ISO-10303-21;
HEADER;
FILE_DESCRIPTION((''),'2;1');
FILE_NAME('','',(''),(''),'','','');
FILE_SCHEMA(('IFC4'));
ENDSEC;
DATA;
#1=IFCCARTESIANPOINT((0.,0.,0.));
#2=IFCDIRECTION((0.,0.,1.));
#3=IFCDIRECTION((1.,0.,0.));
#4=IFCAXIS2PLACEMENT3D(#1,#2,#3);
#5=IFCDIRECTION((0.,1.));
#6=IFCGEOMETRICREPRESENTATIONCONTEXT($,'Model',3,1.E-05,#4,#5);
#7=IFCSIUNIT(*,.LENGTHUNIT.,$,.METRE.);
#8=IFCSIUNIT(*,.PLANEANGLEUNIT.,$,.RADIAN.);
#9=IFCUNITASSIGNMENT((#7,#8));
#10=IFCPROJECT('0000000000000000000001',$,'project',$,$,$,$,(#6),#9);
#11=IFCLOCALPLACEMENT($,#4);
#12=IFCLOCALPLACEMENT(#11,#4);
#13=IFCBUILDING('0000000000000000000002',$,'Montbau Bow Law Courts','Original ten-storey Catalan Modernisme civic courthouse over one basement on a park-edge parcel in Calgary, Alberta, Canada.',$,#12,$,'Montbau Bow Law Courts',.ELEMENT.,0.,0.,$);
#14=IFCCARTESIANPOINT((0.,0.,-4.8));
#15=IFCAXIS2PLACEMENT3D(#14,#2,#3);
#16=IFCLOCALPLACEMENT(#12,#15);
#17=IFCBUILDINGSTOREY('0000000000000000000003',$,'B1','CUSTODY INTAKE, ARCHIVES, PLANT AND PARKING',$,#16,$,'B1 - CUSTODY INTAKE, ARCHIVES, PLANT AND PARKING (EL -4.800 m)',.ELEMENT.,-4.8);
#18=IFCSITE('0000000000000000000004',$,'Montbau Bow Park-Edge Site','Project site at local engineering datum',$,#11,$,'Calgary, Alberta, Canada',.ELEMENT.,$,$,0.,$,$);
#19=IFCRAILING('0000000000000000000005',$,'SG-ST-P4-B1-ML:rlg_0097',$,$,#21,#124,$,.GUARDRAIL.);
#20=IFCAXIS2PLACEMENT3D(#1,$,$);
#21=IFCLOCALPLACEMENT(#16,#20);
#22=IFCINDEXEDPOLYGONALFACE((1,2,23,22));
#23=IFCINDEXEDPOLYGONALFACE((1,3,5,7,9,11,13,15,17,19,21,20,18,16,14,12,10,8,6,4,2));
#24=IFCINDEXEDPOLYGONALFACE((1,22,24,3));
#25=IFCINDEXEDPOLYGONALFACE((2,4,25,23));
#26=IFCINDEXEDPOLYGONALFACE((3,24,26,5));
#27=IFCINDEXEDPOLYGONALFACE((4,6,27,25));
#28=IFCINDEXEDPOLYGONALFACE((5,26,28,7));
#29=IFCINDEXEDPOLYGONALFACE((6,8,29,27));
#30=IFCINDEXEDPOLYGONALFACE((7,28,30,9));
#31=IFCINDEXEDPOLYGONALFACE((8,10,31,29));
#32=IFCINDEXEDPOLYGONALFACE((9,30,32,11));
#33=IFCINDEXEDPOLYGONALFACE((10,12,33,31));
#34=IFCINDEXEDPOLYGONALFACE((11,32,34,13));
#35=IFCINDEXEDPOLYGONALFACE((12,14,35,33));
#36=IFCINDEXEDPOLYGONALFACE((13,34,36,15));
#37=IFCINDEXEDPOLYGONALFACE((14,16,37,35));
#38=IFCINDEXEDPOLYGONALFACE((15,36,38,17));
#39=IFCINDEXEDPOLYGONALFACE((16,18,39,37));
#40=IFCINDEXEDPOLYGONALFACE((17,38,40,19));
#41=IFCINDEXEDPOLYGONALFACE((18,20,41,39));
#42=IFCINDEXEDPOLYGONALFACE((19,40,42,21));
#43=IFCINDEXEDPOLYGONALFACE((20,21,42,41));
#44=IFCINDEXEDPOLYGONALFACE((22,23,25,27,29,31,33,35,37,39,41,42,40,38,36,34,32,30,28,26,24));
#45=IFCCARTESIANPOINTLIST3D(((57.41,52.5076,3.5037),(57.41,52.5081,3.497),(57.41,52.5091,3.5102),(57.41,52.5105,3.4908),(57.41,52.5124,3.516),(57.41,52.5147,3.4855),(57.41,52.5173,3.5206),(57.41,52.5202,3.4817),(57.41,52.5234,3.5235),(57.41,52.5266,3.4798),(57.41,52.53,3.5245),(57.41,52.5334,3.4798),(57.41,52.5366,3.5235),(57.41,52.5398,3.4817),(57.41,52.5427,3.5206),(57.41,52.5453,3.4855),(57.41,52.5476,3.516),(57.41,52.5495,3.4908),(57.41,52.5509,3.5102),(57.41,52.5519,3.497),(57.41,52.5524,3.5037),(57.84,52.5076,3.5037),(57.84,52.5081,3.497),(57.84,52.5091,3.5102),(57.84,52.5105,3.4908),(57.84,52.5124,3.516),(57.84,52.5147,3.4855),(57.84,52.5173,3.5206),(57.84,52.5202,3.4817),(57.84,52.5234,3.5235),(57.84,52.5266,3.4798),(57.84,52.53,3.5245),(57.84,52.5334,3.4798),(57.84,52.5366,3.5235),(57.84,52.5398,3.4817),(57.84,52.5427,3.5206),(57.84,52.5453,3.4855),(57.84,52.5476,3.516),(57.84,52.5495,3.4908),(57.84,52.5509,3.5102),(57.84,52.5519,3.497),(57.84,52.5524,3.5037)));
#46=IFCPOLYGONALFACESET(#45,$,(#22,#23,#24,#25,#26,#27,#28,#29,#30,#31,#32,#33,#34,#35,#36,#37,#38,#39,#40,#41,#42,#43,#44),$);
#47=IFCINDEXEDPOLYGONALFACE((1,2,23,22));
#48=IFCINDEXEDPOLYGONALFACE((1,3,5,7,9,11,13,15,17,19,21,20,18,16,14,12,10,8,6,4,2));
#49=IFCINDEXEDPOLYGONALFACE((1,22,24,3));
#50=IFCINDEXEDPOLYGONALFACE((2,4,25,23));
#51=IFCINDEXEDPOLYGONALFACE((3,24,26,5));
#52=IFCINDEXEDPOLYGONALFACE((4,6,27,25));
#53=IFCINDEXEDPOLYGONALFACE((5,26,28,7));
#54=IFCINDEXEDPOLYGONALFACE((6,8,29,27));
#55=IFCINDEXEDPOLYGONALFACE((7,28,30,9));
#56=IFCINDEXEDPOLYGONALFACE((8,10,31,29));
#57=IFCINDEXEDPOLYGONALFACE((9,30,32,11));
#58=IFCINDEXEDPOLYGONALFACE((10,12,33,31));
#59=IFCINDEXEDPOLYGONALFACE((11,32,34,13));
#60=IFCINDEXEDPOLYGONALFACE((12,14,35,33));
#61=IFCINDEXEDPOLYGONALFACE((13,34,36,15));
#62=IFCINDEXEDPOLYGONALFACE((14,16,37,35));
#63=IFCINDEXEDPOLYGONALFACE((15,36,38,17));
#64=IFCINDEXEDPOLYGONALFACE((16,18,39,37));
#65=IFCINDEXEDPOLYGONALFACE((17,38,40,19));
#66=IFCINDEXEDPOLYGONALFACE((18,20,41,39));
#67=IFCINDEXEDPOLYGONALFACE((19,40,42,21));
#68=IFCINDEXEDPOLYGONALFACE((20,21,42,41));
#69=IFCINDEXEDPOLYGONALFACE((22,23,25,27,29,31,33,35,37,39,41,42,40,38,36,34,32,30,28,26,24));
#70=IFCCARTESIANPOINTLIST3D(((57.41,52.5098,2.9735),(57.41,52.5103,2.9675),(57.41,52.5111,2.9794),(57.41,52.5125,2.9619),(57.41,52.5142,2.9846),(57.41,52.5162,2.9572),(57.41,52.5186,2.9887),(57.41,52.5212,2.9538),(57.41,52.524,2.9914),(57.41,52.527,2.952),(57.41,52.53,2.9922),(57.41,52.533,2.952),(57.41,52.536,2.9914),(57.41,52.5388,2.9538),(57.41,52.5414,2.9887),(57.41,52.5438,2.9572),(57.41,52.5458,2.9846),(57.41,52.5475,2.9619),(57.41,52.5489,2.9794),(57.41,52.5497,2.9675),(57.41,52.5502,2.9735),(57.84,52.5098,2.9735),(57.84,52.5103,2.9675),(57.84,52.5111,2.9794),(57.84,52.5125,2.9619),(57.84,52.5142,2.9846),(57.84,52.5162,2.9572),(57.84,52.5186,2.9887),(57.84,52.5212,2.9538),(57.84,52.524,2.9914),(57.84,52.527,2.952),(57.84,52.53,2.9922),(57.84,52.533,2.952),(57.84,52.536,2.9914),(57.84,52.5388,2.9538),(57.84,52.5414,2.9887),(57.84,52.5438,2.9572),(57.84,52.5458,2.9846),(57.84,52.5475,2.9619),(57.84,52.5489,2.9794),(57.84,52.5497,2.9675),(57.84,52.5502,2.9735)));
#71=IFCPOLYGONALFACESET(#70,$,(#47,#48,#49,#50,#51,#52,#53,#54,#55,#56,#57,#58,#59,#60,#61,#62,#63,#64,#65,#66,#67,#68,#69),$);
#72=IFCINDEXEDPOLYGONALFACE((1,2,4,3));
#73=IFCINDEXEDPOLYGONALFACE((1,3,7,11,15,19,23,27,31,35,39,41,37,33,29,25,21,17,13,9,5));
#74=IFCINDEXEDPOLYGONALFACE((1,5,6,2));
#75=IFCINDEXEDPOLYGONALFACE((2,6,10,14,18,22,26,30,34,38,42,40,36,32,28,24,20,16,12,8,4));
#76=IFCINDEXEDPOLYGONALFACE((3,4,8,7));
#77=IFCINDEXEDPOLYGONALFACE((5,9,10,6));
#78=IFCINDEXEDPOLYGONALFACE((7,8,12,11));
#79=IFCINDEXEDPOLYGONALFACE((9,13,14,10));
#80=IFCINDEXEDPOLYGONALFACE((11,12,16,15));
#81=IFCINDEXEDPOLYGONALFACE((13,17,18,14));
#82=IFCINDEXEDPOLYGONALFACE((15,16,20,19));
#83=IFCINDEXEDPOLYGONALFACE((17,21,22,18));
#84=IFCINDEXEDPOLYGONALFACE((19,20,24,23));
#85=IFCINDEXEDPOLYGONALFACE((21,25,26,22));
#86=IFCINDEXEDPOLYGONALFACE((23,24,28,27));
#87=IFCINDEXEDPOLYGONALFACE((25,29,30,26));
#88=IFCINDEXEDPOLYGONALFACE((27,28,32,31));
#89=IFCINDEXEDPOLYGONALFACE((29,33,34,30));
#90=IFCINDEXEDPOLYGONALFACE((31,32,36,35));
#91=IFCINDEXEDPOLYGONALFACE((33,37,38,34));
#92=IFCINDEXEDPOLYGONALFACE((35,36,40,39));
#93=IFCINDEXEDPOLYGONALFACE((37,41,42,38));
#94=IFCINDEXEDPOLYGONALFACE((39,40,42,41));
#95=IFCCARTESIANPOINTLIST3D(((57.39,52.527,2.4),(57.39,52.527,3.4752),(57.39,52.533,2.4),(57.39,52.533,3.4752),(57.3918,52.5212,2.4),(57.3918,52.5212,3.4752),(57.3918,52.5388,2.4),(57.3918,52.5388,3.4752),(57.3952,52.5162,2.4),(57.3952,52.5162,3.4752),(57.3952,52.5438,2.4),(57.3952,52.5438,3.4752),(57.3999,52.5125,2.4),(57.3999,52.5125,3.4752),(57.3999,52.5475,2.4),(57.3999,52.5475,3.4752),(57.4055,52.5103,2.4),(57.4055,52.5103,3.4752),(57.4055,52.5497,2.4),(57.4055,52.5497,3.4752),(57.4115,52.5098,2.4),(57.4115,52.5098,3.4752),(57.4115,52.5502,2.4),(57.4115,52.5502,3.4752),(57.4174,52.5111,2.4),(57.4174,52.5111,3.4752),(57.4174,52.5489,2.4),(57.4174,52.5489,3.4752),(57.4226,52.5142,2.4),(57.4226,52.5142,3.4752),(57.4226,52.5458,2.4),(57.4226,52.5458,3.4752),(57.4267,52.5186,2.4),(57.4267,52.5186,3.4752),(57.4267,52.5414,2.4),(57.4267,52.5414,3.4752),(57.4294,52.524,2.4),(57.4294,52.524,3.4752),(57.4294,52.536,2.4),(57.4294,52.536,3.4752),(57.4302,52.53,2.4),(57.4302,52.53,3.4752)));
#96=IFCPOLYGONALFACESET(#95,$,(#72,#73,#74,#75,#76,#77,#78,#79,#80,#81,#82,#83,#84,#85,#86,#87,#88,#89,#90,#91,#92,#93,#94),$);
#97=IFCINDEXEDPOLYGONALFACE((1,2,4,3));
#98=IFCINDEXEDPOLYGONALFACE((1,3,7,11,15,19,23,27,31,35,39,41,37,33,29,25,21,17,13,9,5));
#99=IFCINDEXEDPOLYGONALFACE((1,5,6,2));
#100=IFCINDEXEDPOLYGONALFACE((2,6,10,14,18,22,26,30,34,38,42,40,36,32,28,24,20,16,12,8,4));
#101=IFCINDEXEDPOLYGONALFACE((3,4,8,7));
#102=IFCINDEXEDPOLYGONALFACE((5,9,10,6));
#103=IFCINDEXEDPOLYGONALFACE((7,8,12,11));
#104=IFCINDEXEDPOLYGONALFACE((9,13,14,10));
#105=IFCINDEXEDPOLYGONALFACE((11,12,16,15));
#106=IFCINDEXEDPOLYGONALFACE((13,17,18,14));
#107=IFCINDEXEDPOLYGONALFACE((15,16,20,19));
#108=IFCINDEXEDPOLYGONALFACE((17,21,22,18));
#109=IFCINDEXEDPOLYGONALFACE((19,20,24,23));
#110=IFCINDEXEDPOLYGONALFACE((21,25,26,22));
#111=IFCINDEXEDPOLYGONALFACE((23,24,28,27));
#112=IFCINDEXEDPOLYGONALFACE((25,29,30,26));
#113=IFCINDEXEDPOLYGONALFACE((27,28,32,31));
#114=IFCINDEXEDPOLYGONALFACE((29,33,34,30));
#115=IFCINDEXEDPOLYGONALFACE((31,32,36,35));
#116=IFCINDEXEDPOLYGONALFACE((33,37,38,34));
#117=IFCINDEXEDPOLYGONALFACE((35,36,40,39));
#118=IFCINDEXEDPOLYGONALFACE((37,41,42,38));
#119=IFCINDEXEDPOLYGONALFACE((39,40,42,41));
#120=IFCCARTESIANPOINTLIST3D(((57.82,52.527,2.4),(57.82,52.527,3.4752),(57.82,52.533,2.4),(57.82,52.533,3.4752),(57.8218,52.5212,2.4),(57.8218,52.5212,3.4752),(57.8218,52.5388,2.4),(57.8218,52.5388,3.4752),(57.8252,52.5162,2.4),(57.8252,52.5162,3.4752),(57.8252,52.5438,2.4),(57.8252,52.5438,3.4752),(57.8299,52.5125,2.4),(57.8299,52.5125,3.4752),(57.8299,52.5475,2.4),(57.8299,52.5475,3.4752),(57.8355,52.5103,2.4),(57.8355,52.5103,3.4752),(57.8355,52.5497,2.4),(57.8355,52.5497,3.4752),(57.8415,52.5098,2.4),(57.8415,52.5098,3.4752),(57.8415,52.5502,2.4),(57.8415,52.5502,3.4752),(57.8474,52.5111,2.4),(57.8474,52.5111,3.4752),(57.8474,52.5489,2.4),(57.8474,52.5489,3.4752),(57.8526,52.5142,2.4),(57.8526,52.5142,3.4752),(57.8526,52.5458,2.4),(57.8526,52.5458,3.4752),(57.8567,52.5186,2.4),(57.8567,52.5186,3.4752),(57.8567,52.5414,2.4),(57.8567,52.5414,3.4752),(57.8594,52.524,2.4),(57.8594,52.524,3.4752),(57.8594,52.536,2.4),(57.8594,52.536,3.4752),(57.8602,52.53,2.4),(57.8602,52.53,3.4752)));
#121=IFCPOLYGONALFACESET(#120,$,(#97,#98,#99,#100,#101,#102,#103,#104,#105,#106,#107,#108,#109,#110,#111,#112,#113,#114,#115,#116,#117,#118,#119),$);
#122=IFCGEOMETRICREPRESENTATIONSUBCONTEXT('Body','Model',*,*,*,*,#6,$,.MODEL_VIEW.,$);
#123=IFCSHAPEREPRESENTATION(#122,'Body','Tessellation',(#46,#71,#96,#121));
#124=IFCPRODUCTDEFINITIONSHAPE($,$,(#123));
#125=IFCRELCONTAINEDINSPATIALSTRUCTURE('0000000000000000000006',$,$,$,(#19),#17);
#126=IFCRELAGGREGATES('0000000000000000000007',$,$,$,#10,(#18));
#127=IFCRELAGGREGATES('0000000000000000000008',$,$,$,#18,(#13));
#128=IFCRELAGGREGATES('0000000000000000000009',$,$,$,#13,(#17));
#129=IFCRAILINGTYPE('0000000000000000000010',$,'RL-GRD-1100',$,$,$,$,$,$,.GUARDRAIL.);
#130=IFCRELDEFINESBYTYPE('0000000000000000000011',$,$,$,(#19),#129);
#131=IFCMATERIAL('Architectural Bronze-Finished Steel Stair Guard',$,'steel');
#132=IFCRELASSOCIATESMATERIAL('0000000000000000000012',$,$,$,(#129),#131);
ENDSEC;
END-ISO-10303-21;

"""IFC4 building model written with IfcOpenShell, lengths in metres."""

from ifc_helpers import new_model, si_unit, direction, frame, origin_with_axes, origin_2d_with_axis, place, context, subcontext, project, spatial, circle, extrude, material, type_object, element, save


model = new_model("IFC4")

# Units and contexts
model_context = context("Model", 3, precision=1e-05, world=origin_with_axes(), true_north=direction((0.0, 1.0)))
body_context = subcontext(model_context, "Body", "Model", "MODEL_VIEW")
ifc_project = project(units=[si_unit("LENGTHUNIT", "METRE"), si_unit("PLANEANGLEUNIT", "RADIAN")], contexts=[model_context])

# Site, building, storey
site_placement = place(None, origin_with_axes())
site = spatial("IfcSite", under=ifc_project, at=site_placement, Name="Montbau Bow Park-Edge Site", Description="Project site at local engineering datum", LongName="Calgary, Alberta, Canada", CompositionType="ELEMENT", RefElevation=0.0)
building_placement = place(site_placement, origin_with_axes())
building = spatial("IfcBuilding", under=site, at=building_placement, Name="Montbau Bow Law Courts", Description="Original ten-storey Catalan Modernisme civic courthouse over one basement on a park-edge parcel in Calgary, Alberta, Canada.", LongName="Montbau Bow Law Courts", CompositionType="ELEMENT", ElevationOfRefHeight=0.0, ElevationOfTerrain=0.0)
storey_placement = place(building_placement, frame((0.0, 0.0, -4.8), z_axis=(0.0, 0.0, 1.0), x_axis=(1.0, 0.0, 0.0)))
storey = spatial("IfcBuildingStorey", under=building, at=storey_placement, Name="B1", Description="CUSTODY INTAKE, ARCHIVES, PLANT AND PARKING", LongName="B1 - CUSTODY INTAKE, ARCHIVES, PLANT AND PARKING (EL -4.800 m)", CompositionType="ELEMENT", Elevation=-4.8)

# Railing
ifc_material_1 = material(Name="Architectural Bronze-Finished Steel Stair Guard", Category="steel")
railing_type_1 = type_object("IfcRailingType", Name="RL-GRD-1100", PredefinedType="GUARDRAIL", material=ifc_material_1)
railing_1_placement = place(None, origin_with_axes())
element("IfcRailing", 1, at=railing_1_placement, inside=storey, type_object=railing_type_1, Name="SG-ST-P4-B1-ML:rlg_0097", PredefinedType="GUARDRAIL", context=body_context, shape_type="SweptSolid", body=[
    extrude(circle(Radius=0.0225, at=origin_2d_with_axis()), frame((57.41, 52.53, -1.298), z_axis=(1.0, 0.0, 0.0), x_axis=(0.0, 0.0, 1.0)), (0.0, 0.0, 1.0), 0.43),
    extrude(circle(Radius=0.0203, at=origin_2d_with_axis()), frame((57.41, 52.53, -1.828), z_axis=(1.0, 0.0, 0.0), x_axis=(0.0, 0.0, 1.0)), (0.0, 0.0, 1.0), 0.43),
    extrude(circle(Radius=0.0203, at=origin_2d_with_axis()), frame((57.41, 52.53, -2.4), z_axis=(0.0, 0.0, 1.0), x_axis=(1.0, 0.0, 0.0)), (0.0, 0.0, 1.0), 1.0753),
    extrude(circle(Radius=0.0203, at=origin_2d_with_axis()), frame((57.84, 52.53, -2.4), z_axis=(0.0, 0.0, 1.0), x_axis=(1.0, 0.0, 0.0)), (0.0, 0.0, 1.0), 1.0753),
])

save(model, "model.ifc")
